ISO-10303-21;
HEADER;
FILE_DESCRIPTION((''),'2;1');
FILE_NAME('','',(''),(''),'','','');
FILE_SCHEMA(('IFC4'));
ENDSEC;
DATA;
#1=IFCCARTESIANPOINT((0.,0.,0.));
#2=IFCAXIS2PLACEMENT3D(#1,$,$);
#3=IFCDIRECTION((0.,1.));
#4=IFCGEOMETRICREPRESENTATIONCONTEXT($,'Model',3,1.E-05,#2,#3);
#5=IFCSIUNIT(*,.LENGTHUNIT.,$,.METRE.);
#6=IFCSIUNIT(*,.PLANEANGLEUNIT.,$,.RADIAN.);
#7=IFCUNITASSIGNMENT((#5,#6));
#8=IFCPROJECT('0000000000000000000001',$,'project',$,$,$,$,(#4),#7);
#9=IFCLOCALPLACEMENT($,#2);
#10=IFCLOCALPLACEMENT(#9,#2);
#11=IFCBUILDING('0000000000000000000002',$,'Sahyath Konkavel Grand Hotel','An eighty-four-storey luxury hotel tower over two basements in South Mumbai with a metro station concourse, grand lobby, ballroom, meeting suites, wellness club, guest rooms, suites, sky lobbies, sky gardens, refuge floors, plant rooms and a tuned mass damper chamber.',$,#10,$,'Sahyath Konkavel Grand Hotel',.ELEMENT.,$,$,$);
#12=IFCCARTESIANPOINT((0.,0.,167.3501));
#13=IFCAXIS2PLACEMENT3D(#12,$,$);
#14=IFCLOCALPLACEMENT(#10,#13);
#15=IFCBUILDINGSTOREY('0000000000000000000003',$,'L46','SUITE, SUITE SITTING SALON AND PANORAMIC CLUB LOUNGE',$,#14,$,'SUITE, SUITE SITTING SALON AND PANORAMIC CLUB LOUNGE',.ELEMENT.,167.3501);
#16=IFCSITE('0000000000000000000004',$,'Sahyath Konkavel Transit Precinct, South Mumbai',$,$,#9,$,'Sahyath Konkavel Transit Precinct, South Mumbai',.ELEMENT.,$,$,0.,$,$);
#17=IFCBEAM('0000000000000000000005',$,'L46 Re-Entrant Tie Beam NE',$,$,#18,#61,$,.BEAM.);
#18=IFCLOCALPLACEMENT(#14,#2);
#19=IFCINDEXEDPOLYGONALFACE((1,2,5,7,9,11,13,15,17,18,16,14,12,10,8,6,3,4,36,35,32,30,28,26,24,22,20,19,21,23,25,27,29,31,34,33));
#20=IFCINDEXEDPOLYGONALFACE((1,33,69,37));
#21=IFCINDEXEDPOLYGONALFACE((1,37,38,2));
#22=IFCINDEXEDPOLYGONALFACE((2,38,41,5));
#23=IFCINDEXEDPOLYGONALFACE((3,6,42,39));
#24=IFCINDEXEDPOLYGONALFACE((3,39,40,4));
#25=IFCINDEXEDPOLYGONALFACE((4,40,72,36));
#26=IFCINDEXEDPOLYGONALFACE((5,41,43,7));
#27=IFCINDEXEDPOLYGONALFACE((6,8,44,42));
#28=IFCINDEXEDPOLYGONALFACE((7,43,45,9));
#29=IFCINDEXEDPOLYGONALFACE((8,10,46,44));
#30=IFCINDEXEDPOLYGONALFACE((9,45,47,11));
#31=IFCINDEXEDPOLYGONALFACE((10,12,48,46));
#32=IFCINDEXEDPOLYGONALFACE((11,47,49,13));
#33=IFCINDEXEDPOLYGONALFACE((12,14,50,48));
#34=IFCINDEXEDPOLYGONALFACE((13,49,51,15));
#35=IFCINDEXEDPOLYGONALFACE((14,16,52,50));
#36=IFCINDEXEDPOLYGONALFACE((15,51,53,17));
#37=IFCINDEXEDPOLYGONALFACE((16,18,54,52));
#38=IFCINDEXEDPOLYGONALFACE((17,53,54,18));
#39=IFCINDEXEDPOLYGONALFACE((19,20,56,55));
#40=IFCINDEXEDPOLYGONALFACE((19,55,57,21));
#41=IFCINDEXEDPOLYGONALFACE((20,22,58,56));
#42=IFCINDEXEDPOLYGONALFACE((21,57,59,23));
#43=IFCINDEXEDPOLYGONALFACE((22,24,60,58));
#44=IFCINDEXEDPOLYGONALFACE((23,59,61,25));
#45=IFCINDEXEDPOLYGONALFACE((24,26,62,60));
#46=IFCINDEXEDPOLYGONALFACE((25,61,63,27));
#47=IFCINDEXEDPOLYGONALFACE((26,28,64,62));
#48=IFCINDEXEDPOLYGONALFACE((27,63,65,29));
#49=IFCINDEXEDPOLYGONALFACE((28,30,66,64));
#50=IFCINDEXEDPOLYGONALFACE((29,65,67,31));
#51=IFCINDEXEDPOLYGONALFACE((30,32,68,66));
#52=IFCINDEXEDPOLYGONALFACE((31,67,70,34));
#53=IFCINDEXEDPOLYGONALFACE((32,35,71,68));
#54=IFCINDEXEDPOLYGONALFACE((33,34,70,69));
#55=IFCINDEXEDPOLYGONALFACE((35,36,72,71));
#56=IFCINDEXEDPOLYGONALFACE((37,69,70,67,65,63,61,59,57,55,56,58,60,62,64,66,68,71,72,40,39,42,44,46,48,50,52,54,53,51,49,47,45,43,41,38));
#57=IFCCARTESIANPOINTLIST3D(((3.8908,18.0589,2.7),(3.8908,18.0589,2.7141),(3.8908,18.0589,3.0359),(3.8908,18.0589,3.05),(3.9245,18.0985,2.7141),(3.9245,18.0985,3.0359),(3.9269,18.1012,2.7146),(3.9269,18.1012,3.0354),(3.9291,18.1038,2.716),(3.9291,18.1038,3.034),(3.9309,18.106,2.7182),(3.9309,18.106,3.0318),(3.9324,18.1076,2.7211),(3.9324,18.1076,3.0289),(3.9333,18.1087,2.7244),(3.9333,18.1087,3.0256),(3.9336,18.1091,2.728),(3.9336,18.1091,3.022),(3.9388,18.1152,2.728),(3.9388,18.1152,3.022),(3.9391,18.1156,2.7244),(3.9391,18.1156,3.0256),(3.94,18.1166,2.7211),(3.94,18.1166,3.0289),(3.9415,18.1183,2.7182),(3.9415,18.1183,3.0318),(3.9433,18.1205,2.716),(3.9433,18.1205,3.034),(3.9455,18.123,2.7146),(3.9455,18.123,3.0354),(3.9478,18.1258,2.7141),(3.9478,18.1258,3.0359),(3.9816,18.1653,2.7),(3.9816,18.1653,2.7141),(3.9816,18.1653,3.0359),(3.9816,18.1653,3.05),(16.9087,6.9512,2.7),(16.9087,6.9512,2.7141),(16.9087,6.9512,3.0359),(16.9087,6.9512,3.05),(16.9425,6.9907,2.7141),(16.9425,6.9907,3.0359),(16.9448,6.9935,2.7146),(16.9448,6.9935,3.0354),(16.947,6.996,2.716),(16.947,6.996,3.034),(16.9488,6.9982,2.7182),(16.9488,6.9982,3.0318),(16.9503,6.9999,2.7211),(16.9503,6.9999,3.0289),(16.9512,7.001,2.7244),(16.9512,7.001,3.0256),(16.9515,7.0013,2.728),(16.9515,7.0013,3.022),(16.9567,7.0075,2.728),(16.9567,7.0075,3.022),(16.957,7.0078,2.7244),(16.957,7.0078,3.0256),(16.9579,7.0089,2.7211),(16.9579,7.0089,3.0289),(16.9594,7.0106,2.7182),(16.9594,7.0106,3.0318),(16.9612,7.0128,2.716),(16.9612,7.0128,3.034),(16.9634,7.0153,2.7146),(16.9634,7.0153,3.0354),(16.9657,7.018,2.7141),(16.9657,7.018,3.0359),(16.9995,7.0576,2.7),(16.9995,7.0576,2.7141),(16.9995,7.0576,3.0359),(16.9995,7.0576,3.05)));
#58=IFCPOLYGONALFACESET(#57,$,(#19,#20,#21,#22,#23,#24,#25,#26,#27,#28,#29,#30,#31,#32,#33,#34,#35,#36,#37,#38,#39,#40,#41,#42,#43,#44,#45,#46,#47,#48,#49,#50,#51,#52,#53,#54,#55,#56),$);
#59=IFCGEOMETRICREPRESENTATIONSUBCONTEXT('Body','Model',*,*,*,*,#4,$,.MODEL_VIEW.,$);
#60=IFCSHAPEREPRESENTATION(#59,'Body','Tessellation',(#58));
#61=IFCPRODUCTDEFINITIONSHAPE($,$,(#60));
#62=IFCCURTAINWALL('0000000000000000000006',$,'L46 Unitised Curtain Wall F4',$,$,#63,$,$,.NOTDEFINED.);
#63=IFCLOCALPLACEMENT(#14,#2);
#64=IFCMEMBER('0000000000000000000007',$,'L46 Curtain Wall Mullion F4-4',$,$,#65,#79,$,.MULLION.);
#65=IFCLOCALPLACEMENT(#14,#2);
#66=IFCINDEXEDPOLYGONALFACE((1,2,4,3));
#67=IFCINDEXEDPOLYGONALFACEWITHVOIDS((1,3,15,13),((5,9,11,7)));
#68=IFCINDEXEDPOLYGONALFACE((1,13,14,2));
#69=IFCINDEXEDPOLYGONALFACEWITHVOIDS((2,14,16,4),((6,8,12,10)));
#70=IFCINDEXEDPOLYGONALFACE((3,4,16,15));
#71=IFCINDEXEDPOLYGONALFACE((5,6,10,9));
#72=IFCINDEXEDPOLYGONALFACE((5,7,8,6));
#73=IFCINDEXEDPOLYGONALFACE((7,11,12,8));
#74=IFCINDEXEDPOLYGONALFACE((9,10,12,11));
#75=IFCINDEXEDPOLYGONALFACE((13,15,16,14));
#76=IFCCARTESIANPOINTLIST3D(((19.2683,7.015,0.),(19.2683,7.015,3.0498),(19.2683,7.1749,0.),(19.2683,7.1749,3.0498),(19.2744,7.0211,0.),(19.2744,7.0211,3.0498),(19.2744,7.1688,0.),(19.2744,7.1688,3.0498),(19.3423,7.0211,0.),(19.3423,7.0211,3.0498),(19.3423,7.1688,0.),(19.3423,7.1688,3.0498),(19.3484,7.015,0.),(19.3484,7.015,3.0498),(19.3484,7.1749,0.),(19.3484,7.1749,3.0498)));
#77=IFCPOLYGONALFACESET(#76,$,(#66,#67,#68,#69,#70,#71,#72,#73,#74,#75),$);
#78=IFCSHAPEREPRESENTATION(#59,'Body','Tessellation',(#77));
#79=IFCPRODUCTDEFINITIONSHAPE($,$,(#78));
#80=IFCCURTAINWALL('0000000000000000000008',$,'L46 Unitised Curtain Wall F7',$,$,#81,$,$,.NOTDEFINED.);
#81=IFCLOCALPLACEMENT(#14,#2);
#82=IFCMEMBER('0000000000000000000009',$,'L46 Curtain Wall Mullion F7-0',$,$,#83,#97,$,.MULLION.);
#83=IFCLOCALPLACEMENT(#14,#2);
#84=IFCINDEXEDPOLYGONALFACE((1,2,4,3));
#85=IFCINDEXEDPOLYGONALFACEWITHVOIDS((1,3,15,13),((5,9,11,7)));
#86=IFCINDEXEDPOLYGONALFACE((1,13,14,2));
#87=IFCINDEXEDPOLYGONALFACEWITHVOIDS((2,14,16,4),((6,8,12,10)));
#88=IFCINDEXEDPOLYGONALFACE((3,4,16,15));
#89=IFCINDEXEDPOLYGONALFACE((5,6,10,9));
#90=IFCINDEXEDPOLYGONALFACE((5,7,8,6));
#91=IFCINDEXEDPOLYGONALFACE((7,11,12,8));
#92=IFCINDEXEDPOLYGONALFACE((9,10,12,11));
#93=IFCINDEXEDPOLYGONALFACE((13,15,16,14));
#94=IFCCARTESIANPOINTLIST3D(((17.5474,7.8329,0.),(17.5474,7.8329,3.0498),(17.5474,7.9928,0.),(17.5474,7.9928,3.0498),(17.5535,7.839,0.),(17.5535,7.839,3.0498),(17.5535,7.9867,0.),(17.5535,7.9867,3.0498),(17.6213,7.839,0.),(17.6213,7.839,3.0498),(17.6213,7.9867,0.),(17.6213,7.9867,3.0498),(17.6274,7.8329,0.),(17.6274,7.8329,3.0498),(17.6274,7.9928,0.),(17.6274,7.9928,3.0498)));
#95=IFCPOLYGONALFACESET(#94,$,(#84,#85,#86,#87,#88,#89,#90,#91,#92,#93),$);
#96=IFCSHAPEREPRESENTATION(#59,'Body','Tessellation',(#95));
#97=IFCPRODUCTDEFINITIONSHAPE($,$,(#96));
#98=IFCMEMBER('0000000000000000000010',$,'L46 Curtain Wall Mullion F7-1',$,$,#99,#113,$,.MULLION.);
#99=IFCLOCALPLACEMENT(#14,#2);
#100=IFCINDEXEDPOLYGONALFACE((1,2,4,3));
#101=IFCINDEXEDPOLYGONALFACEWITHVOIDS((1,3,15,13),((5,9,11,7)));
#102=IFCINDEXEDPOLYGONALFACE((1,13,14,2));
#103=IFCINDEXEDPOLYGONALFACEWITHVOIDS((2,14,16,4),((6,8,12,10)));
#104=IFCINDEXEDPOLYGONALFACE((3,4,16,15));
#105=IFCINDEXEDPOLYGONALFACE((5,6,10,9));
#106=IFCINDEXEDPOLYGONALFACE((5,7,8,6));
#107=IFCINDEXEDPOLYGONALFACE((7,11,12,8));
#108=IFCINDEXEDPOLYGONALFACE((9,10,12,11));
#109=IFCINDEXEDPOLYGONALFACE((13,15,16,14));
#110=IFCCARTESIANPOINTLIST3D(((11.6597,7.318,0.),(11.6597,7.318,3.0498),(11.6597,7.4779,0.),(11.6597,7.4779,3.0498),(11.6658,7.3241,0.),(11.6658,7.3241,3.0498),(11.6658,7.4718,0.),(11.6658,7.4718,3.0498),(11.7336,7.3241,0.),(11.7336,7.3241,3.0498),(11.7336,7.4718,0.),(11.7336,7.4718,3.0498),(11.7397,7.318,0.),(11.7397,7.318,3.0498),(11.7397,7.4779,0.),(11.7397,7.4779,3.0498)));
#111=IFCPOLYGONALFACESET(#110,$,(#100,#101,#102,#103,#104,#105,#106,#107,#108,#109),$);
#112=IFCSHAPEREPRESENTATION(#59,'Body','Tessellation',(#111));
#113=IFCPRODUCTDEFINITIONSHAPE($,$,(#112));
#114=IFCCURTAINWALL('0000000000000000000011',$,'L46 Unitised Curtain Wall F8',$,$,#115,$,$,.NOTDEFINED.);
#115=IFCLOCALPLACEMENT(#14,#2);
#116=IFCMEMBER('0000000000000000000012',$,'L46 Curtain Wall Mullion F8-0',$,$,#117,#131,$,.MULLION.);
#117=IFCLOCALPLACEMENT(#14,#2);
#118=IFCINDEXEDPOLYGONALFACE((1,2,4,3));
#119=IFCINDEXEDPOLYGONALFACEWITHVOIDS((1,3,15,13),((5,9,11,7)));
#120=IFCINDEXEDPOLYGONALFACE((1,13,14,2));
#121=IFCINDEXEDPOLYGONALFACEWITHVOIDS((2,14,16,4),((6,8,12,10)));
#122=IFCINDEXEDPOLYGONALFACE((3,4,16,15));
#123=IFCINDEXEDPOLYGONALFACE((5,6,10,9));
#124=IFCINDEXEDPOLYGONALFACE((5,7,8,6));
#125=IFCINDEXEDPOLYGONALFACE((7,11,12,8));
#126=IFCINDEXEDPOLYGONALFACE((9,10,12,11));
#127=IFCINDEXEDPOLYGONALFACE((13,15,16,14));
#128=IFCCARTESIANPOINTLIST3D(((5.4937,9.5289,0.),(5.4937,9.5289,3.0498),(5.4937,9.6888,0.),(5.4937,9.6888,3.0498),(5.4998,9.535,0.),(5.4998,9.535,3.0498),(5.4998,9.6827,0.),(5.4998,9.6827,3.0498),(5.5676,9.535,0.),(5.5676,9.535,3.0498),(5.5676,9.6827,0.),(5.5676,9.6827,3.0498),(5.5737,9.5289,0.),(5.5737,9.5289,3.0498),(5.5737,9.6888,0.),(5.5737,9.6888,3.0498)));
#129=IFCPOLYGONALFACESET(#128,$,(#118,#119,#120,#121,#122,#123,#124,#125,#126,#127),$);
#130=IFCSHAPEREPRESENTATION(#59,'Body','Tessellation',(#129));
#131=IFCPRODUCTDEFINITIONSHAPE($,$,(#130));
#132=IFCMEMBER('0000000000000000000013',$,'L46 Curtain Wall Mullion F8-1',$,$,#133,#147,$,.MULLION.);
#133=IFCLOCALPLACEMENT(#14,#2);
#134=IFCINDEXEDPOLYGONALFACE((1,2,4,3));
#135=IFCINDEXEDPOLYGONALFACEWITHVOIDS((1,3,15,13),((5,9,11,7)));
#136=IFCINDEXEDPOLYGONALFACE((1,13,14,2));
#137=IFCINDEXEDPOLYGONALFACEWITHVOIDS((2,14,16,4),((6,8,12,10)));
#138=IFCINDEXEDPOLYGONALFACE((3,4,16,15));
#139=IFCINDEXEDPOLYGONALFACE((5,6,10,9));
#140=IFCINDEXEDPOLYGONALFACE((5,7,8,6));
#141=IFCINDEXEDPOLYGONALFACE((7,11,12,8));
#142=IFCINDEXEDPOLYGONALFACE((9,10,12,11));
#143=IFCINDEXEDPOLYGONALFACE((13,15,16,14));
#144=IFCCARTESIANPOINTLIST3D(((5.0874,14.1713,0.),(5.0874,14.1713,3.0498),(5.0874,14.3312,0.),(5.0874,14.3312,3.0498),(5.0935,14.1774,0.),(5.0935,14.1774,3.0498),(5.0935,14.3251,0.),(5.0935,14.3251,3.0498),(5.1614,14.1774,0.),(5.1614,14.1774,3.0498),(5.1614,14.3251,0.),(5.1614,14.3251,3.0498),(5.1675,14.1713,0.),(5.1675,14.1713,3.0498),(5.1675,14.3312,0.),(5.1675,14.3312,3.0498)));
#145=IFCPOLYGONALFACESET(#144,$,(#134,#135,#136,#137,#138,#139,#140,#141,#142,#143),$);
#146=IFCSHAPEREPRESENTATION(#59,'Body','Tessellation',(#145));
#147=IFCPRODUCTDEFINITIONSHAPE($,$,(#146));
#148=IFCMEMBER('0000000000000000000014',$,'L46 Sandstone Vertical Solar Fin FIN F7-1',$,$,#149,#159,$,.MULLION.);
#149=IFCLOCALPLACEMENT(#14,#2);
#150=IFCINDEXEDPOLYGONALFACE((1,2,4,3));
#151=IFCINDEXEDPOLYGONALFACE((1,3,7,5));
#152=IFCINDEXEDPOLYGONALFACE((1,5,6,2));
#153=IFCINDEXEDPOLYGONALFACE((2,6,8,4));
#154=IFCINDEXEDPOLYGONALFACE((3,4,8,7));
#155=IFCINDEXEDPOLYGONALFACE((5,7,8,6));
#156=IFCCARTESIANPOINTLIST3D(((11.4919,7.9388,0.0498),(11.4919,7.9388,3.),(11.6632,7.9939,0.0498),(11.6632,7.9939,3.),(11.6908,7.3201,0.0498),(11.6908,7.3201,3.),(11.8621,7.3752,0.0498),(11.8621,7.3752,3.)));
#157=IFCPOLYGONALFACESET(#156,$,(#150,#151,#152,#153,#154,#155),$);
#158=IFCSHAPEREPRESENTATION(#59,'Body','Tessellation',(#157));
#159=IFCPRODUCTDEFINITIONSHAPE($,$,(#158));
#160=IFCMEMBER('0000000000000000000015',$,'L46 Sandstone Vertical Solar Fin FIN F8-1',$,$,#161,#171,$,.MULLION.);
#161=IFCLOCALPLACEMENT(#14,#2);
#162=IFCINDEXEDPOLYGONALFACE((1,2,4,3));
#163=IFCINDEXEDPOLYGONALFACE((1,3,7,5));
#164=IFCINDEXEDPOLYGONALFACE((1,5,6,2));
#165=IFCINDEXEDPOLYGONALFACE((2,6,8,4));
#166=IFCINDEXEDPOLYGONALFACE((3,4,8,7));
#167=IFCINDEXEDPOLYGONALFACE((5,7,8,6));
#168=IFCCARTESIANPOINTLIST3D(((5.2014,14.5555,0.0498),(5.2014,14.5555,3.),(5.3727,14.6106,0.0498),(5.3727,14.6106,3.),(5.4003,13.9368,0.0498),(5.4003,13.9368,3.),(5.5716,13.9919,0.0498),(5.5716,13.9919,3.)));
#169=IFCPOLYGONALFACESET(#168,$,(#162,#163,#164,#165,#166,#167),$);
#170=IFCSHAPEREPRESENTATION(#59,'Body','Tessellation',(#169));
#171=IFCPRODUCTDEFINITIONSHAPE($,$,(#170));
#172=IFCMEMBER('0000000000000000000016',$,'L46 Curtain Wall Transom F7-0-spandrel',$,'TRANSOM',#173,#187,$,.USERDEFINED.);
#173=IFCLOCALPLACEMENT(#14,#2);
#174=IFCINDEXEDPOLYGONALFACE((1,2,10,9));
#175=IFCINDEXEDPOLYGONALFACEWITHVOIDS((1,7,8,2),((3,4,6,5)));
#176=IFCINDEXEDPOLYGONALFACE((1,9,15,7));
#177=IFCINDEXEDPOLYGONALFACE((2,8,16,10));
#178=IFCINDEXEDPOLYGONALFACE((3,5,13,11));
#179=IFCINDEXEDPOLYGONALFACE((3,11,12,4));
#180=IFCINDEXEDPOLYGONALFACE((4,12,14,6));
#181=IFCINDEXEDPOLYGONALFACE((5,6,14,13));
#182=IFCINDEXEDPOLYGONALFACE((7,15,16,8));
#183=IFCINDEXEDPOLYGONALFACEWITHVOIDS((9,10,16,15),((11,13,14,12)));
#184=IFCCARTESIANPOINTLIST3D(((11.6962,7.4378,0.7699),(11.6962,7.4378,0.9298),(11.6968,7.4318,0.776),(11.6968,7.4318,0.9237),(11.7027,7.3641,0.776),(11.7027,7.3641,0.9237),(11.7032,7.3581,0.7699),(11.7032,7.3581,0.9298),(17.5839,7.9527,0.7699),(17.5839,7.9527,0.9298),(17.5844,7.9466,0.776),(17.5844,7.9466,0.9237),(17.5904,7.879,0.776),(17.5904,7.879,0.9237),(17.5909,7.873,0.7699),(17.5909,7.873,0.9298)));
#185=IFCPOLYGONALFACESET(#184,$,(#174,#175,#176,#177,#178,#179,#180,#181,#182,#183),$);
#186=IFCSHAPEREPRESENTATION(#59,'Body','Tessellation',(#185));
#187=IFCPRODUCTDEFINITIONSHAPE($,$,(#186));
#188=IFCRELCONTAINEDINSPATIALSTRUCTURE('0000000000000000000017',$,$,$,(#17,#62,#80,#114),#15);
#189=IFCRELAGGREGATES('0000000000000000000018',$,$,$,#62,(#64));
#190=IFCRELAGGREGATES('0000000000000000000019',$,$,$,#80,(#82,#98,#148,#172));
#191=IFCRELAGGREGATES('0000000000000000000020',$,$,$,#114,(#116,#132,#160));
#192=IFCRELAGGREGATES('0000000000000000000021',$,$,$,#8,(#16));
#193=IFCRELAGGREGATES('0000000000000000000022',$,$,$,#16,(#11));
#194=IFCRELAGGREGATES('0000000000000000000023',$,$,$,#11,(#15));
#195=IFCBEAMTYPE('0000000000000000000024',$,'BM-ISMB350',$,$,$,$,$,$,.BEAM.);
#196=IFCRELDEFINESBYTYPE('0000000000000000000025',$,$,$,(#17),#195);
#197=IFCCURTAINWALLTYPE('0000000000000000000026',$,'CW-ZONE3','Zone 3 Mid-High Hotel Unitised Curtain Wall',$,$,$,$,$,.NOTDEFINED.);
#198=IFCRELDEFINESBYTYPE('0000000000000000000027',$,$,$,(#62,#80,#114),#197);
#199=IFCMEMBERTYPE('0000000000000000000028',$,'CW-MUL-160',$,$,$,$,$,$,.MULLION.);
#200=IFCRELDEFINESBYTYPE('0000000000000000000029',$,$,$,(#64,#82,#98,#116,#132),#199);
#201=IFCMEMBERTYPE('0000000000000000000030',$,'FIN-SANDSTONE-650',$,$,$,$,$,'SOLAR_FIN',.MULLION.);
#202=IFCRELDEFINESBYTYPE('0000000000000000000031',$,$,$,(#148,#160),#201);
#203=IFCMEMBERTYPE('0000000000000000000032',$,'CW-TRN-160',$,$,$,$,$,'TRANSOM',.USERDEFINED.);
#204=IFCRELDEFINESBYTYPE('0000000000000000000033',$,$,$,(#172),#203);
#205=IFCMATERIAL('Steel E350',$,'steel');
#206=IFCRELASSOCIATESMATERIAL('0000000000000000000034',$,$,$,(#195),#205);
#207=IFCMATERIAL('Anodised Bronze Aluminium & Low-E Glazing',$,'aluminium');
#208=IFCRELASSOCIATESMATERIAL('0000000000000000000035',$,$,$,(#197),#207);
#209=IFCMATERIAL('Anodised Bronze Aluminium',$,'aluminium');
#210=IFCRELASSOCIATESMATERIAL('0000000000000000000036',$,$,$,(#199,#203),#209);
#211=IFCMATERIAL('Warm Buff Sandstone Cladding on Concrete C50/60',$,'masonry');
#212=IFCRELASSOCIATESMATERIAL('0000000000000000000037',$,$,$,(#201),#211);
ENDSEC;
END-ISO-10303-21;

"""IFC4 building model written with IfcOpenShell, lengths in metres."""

from ifc_helpers import new_model, si_unit, direction, frame, origin, origin_2d, place, context, subcontext, project, spatial, rectangle, hollow_rectangle, i_section, extrude, source, transform, mapped, material, material_profile, profile_set, type_object, element, aggregate, save


model = new_model("IFC4")

# Units and contexts
model_context = context("Model", 3, precision=1e-05, world=origin(), true_north=direction((0.0, 1.0)))
body_context = subcontext(model_context, "Body", "Model", "MODEL_VIEW")
ifc_project = project(units=[si_unit("LENGTHUNIT", "METRE"), si_unit("PLANEANGLEUNIT", "RADIAN")], contexts=[model_context])

# Site, building, storey
site_placement = place(None, origin())
site = spatial("IfcSite", under=ifc_project, at=site_placement, Name="Sahyath Konkavel Transit Precinct, South Mumbai", LongName="Sahyath Konkavel Transit Precinct, South Mumbai", CompositionType="ELEMENT", RefElevation=0.0)
building_placement = place(site_placement, origin())
building = spatial("IfcBuilding", under=site, at=building_placement, Name="Sahyath Konkavel Grand Hotel", Description="An eighty-four-storey luxury hotel tower over two basements in South Mumbai with a metro station concourse, grand lobby, ballroom, meeting suites, wellness club, guest rooms, suites, sky lobbies, sky gardens, refuge floors, plant rooms and a tuned mass damper chamber.", LongName="Sahyath Konkavel Grand Hotel", CompositionType="ELEMENT")
storey_placement = place(building_placement, frame((0.0, 0.0, 167.3501)))
storey = spatial("IfcBuildingStorey", under=building, at=storey_placement, Name="L46", Description="SUITE, SUITE SITTING SALON AND PANORAMIC CLUB LOUNGE", LongName="SUITE, SUITE SITTING SALON AND PANORAMIC CLUB LOUNGE", CompositionType="ELEMENT", Elevation=167.3501)

# Beam
ifc_material_1 = material(Name="Steel E350", Category="steel")
ifc_material_profile_1 = material_profile(ifc_material_1, i_section(OverallWidth=0.1399, OverallDepth=0.3501, WebThickness=0.0081, FlangeThickness=0.0142, FilletRadius=0.0139, at=origin_2d()), Name="ISMB 350")
ifc_profile_set_1 = profile_set([ifc_material_profile_1], Name="Steel E350")
beam_type = type_object("IfcBeamType", Name="BM-ISMB350", PredefinedType="BEAM", material=ifc_profile_set_1)
shared_shape_1 = source(origin(), body_context, "Body", "SweptSolid", [
    extrude(i_section(OverallWidth=0.1399, OverallDepth=0.3501, WebThickness=0.0081, FlangeThickness=0.0142, FilletRadius=0.0139, at=origin_2d()), origin(), (0.0, 0.0, 1.0), 17.1128),
])
beam_placement = place(storey_placement, frame((16.9541, 7.0044, 2.875), z_axis=(-0.760712, 0.64909, 0.0), x_axis=(-0.64909, -0.760712, 0.0)))
element("IfcBeam", 1, at=beam_placement, inside=storey, type_object=beam_type, Name="L46 Re-Entrant Tie Beam NE", PredefinedType="BEAM", context=body_context, shape_type="MappedRepresentation", body=[
    mapped(shared_shape_1, transform((0.0, 0.0, 0.0), scale=1.0)),
])

# Curtain wall, member
ifc_material_2 = material(Name="Anodised Bronze Aluminium & Low-E Glazing", Category="aluminium")
curtain_wall_type = type_object("IfcCurtainWallType", Name="CW-ZONE3", Description="Zone 3 Mid-High Hotel Unitised Curtain Wall", PredefinedType="NOTDEFINED", material=ifc_material_2)
curtain_wall_1_placement = place(storey_placement, origin())
curtain_wall_1 = element("IfcCurtainWall", 2, at=curtain_wall_1_placement, inside=storey, type_object=curtain_wall_type, Name="L46 Unitised Curtain Wall F4", PredefinedType="NOTDEFINED")
ifc_material_3 = material(Name="Anodised Bronze Aluminium", Category="aluminium")
ifc_material_profile_2 = material_profile(ifc_material_3, hollow_rectangle(XDim=0.0801, YDim=0.1599, WallThickness=0.0061, at=origin_2d()), Name="RHS 160x80x6")
ifc_profile_set_2 = profile_set([ifc_material_profile_2], Name="Anodised Bronze Aluminium")
member_type_1 = type_object("IfcMemberType", Name="CW-MUL-160", PredefinedType="MULLION", material=ifc_profile_set_2)
shared_shape_2 = source(origin(), body_context, "Body", "SweptSolid", [
    extrude(hollow_rectangle(XDim=0.0801, YDim=0.1599, WallThickness=0.0061, at=origin_2d()), origin(), (0.0, 0.0, 1.0), 3.0498),
])
member_1_placement = place(storey_placement, frame((19.3083, 7.095, 0.0), z_axis=(0.0, 0.0, 1.0), x_axis=(1.0, 0.0, 0.0)))
member_1 = element("IfcMember", 3, at=member_1_placement, type_object=member_type_1, Name="L46 Curtain Wall Mullion F4-4", PredefinedType="MULLION", context=body_context, shape_type="MappedRepresentation", body=[
    mapped(shared_shape_2, transform((0.0, 0.0, 0.0), scale=1.0)),
])
aggregate(curtain_wall_1, [member_1])

# Curtain walls, members
curtain_wall_2_placement = place(storey_placement, origin())
curtain_wall_2 = element("IfcCurtainWall", 4, at=curtain_wall_2_placement, inside=storey, type_object=curtain_wall_type, Name="L46 Unitised Curtain Wall F7", PredefinedType="NOTDEFINED")
member_2_placement = place(storey_placement, frame((17.5874, 7.9128, 0.0), z_axis=(0.0, 0.0, 1.0), x_axis=(1.0, 0.0, 0.0)))
member_2 = element("IfcMember", 5, at=member_2_placement, type_object=member_type_1, Name="L46 Curtain Wall Mullion F7-0", PredefinedType="MULLION", context=body_context, shape_type="MappedRepresentation", body=[
    mapped(shared_shape_2, transform((0.0, 0.0, 0.0), scale=1.0)),
])
member_3_placement = place(storey_placement, frame((11.6997, 7.3979, 0.0), z_axis=(0.0, 0.0, 1.0), x_axis=(1.0, 0.0, 0.0)))
member_3 = element("IfcMember", 6, at=member_3_placement, type_object=member_type_1, Name="L46 Curtain Wall Mullion F7-1", PredefinedType="MULLION", context=body_context, shape_type="MappedRepresentation", body=[
    mapped(shared_shape_2, transform((0.0, 0.0, 0.0), scale=1.0)),
])
curtain_wall_3_placement = place(storey_placement, origin())
curtain_wall_3 = element("IfcCurtainWall", 7, at=curtain_wall_3_placement, inside=storey, type_object=curtain_wall_type, Name="L46 Unitised Curtain Wall F8", PredefinedType="NOTDEFINED")
member_4_placement = place(storey_placement, frame((5.5337, 9.6089, 0.0), z_axis=(0.0, 0.0, 1.0), x_axis=(1.0, 0.0, 0.0)))
member_4 = element("IfcMember", 8, at=member_4_placement, type_object=member_type_1, Name="L46 Curtain Wall Mullion F8-0", PredefinedType="MULLION", context=body_context, shape_type="MappedRepresentation", body=[
    mapped(shared_shape_2, transform((0.0, 0.0, 0.0), scale=1.0)),
])
member_5_placement = place(storey_placement, frame((5.1274, 14.2512, 0.0), z_axis=(0.0, 0.0, 1.0), x_axis=(1.0, 0.0, 0.0)))
member_5 = element("IfcMember", 9, at=member_5_placement, type_object=member_type_1, Name="L46 Curtain Wall Mullion F8-1", PredefinedType="MULLION", context=body_context, shape_type="MappedRepresentation", body=[
    mapped(shared_shape_2, transform((0.0, 0.0, 0.0), scale=1.0)),
])

# Members
ifc_material_4 = material(Name="Warm Buff Sandstone Cladding on Concrete C50/60", Category="masonry")
ifc_material_profile_3 = material_profile(ifc_material_4, rectangle(XDim=0.1799, YDim=0.6499, at=origin_2d()), Name="FIN 180x650")
ifc_profile_set_3 = profile_set([ifc_material_profile_3], Name="Warm Buff Sandstone Cladding on Concrete C50/60")
member_type_2 = type_object("IfcMemberType", Name="FIN-SANDSTONE-650", ElementType="SOLAR_FIN", PredefinedType="MULLION", material=ifc_profile_set_3)
shared_shape_3 = source(origin(), body_context, "Body", "SweptSolid", [
    extrude(rectangle(XDim=0.1799, YDim=0.6499, at=origin_2d()), origin(), (0.0, 0.0, 1.0), 2.9502),
])
member_6_placement = place(storey_placement, frame((11.677, 7.657, 0.0498), z_axis=(0.0, 0.0, 1.0), x_axis=(0.952023, 0.306028, 0.0)))
member_6 = element("IfcMember", 10, at=member_6_placement, type_object=member_type_2, Name="L46 Sandstone Vertical Solar Fin FIN F7-1", PredefinedType="MULLION", context=body_context, shape_type="MappedRepresentation", body=[
    mapped(shared_shape_3, transform((0.0, 0.0, 0.0), scale=1.0)),
])
member_7_placement = place(storey_placement, frame((5.3865, 14.2737, 0.0498), z_axis=(0.0, 0.0, 1.0), x_axis=(0.952023, 0.306028, 0.0)))
member_7 = element("IfcMember", 11, at=member_7_placement, type_object=member_type_2, Name="L46 Sandstone Vertical Solar Fin FIN F8-1", PredefinedType="MULLION", context=body_context, shape_type="MappedRepresentation", body=[
    mapped(shared_shape_3, transform((0.0, 0.0, 0.0), scale=1.0)),
])
ifc_material_profile_4 = material_profile(ifc_material_3, hollow_rectangle(XDim=0.0801, YDim=0.1599, WallThickness=0.0061, at=origin_2d()), Name="RHS 160x80x6")
ifc_profile_set_4 = profile_set([ifc_material_profile_4], Name="Anodised Bronze Aluminium")
member_type_3 = type_object("IfcMemberType", Name="CW-TRN-160", ElementType="TRANSOM", PredefinedType="USERDEFINED", material=ifc_profile_set_4)
shared_shape_4 = source(origin(), body_context, "Body", "SweptSolid", [
    extrude(hollow_rectangle(XDim=0.0801, YDim=0.1599, WallThickness=0.0061, at=origin_2d()), origin(), (0.0, 0.0, 1.0), 5.9102),
])
member_8_placement = place(storey_placement, frame((17.5874, 7.9128, 0.8499), z_axis=(-0.996198, -0.08712, 0.0), x_axis=(0.08712, -0.996198, 0.0)))
member_8 = element("IfcMember", 12, at=member_8_placement, type_object=member_type_3, Name="L46 Curtain Wall Transom F7-0-spandrel", ObjectType="TRANSOM", PredefinedType="USERDEFINED", context=body_context, shape_type="MappedRepresentation", body=[
    mapped(shared_shape_4, transform((0.0, 0.0, 0.0), scale=1.0)),
])

aggregate(curtain_wall_2, [member_2, member_3, member_6, member_8])
aggregate(curtain_wall_3, [member_4, member_5, member_7])

save(model, "model.ifc")
